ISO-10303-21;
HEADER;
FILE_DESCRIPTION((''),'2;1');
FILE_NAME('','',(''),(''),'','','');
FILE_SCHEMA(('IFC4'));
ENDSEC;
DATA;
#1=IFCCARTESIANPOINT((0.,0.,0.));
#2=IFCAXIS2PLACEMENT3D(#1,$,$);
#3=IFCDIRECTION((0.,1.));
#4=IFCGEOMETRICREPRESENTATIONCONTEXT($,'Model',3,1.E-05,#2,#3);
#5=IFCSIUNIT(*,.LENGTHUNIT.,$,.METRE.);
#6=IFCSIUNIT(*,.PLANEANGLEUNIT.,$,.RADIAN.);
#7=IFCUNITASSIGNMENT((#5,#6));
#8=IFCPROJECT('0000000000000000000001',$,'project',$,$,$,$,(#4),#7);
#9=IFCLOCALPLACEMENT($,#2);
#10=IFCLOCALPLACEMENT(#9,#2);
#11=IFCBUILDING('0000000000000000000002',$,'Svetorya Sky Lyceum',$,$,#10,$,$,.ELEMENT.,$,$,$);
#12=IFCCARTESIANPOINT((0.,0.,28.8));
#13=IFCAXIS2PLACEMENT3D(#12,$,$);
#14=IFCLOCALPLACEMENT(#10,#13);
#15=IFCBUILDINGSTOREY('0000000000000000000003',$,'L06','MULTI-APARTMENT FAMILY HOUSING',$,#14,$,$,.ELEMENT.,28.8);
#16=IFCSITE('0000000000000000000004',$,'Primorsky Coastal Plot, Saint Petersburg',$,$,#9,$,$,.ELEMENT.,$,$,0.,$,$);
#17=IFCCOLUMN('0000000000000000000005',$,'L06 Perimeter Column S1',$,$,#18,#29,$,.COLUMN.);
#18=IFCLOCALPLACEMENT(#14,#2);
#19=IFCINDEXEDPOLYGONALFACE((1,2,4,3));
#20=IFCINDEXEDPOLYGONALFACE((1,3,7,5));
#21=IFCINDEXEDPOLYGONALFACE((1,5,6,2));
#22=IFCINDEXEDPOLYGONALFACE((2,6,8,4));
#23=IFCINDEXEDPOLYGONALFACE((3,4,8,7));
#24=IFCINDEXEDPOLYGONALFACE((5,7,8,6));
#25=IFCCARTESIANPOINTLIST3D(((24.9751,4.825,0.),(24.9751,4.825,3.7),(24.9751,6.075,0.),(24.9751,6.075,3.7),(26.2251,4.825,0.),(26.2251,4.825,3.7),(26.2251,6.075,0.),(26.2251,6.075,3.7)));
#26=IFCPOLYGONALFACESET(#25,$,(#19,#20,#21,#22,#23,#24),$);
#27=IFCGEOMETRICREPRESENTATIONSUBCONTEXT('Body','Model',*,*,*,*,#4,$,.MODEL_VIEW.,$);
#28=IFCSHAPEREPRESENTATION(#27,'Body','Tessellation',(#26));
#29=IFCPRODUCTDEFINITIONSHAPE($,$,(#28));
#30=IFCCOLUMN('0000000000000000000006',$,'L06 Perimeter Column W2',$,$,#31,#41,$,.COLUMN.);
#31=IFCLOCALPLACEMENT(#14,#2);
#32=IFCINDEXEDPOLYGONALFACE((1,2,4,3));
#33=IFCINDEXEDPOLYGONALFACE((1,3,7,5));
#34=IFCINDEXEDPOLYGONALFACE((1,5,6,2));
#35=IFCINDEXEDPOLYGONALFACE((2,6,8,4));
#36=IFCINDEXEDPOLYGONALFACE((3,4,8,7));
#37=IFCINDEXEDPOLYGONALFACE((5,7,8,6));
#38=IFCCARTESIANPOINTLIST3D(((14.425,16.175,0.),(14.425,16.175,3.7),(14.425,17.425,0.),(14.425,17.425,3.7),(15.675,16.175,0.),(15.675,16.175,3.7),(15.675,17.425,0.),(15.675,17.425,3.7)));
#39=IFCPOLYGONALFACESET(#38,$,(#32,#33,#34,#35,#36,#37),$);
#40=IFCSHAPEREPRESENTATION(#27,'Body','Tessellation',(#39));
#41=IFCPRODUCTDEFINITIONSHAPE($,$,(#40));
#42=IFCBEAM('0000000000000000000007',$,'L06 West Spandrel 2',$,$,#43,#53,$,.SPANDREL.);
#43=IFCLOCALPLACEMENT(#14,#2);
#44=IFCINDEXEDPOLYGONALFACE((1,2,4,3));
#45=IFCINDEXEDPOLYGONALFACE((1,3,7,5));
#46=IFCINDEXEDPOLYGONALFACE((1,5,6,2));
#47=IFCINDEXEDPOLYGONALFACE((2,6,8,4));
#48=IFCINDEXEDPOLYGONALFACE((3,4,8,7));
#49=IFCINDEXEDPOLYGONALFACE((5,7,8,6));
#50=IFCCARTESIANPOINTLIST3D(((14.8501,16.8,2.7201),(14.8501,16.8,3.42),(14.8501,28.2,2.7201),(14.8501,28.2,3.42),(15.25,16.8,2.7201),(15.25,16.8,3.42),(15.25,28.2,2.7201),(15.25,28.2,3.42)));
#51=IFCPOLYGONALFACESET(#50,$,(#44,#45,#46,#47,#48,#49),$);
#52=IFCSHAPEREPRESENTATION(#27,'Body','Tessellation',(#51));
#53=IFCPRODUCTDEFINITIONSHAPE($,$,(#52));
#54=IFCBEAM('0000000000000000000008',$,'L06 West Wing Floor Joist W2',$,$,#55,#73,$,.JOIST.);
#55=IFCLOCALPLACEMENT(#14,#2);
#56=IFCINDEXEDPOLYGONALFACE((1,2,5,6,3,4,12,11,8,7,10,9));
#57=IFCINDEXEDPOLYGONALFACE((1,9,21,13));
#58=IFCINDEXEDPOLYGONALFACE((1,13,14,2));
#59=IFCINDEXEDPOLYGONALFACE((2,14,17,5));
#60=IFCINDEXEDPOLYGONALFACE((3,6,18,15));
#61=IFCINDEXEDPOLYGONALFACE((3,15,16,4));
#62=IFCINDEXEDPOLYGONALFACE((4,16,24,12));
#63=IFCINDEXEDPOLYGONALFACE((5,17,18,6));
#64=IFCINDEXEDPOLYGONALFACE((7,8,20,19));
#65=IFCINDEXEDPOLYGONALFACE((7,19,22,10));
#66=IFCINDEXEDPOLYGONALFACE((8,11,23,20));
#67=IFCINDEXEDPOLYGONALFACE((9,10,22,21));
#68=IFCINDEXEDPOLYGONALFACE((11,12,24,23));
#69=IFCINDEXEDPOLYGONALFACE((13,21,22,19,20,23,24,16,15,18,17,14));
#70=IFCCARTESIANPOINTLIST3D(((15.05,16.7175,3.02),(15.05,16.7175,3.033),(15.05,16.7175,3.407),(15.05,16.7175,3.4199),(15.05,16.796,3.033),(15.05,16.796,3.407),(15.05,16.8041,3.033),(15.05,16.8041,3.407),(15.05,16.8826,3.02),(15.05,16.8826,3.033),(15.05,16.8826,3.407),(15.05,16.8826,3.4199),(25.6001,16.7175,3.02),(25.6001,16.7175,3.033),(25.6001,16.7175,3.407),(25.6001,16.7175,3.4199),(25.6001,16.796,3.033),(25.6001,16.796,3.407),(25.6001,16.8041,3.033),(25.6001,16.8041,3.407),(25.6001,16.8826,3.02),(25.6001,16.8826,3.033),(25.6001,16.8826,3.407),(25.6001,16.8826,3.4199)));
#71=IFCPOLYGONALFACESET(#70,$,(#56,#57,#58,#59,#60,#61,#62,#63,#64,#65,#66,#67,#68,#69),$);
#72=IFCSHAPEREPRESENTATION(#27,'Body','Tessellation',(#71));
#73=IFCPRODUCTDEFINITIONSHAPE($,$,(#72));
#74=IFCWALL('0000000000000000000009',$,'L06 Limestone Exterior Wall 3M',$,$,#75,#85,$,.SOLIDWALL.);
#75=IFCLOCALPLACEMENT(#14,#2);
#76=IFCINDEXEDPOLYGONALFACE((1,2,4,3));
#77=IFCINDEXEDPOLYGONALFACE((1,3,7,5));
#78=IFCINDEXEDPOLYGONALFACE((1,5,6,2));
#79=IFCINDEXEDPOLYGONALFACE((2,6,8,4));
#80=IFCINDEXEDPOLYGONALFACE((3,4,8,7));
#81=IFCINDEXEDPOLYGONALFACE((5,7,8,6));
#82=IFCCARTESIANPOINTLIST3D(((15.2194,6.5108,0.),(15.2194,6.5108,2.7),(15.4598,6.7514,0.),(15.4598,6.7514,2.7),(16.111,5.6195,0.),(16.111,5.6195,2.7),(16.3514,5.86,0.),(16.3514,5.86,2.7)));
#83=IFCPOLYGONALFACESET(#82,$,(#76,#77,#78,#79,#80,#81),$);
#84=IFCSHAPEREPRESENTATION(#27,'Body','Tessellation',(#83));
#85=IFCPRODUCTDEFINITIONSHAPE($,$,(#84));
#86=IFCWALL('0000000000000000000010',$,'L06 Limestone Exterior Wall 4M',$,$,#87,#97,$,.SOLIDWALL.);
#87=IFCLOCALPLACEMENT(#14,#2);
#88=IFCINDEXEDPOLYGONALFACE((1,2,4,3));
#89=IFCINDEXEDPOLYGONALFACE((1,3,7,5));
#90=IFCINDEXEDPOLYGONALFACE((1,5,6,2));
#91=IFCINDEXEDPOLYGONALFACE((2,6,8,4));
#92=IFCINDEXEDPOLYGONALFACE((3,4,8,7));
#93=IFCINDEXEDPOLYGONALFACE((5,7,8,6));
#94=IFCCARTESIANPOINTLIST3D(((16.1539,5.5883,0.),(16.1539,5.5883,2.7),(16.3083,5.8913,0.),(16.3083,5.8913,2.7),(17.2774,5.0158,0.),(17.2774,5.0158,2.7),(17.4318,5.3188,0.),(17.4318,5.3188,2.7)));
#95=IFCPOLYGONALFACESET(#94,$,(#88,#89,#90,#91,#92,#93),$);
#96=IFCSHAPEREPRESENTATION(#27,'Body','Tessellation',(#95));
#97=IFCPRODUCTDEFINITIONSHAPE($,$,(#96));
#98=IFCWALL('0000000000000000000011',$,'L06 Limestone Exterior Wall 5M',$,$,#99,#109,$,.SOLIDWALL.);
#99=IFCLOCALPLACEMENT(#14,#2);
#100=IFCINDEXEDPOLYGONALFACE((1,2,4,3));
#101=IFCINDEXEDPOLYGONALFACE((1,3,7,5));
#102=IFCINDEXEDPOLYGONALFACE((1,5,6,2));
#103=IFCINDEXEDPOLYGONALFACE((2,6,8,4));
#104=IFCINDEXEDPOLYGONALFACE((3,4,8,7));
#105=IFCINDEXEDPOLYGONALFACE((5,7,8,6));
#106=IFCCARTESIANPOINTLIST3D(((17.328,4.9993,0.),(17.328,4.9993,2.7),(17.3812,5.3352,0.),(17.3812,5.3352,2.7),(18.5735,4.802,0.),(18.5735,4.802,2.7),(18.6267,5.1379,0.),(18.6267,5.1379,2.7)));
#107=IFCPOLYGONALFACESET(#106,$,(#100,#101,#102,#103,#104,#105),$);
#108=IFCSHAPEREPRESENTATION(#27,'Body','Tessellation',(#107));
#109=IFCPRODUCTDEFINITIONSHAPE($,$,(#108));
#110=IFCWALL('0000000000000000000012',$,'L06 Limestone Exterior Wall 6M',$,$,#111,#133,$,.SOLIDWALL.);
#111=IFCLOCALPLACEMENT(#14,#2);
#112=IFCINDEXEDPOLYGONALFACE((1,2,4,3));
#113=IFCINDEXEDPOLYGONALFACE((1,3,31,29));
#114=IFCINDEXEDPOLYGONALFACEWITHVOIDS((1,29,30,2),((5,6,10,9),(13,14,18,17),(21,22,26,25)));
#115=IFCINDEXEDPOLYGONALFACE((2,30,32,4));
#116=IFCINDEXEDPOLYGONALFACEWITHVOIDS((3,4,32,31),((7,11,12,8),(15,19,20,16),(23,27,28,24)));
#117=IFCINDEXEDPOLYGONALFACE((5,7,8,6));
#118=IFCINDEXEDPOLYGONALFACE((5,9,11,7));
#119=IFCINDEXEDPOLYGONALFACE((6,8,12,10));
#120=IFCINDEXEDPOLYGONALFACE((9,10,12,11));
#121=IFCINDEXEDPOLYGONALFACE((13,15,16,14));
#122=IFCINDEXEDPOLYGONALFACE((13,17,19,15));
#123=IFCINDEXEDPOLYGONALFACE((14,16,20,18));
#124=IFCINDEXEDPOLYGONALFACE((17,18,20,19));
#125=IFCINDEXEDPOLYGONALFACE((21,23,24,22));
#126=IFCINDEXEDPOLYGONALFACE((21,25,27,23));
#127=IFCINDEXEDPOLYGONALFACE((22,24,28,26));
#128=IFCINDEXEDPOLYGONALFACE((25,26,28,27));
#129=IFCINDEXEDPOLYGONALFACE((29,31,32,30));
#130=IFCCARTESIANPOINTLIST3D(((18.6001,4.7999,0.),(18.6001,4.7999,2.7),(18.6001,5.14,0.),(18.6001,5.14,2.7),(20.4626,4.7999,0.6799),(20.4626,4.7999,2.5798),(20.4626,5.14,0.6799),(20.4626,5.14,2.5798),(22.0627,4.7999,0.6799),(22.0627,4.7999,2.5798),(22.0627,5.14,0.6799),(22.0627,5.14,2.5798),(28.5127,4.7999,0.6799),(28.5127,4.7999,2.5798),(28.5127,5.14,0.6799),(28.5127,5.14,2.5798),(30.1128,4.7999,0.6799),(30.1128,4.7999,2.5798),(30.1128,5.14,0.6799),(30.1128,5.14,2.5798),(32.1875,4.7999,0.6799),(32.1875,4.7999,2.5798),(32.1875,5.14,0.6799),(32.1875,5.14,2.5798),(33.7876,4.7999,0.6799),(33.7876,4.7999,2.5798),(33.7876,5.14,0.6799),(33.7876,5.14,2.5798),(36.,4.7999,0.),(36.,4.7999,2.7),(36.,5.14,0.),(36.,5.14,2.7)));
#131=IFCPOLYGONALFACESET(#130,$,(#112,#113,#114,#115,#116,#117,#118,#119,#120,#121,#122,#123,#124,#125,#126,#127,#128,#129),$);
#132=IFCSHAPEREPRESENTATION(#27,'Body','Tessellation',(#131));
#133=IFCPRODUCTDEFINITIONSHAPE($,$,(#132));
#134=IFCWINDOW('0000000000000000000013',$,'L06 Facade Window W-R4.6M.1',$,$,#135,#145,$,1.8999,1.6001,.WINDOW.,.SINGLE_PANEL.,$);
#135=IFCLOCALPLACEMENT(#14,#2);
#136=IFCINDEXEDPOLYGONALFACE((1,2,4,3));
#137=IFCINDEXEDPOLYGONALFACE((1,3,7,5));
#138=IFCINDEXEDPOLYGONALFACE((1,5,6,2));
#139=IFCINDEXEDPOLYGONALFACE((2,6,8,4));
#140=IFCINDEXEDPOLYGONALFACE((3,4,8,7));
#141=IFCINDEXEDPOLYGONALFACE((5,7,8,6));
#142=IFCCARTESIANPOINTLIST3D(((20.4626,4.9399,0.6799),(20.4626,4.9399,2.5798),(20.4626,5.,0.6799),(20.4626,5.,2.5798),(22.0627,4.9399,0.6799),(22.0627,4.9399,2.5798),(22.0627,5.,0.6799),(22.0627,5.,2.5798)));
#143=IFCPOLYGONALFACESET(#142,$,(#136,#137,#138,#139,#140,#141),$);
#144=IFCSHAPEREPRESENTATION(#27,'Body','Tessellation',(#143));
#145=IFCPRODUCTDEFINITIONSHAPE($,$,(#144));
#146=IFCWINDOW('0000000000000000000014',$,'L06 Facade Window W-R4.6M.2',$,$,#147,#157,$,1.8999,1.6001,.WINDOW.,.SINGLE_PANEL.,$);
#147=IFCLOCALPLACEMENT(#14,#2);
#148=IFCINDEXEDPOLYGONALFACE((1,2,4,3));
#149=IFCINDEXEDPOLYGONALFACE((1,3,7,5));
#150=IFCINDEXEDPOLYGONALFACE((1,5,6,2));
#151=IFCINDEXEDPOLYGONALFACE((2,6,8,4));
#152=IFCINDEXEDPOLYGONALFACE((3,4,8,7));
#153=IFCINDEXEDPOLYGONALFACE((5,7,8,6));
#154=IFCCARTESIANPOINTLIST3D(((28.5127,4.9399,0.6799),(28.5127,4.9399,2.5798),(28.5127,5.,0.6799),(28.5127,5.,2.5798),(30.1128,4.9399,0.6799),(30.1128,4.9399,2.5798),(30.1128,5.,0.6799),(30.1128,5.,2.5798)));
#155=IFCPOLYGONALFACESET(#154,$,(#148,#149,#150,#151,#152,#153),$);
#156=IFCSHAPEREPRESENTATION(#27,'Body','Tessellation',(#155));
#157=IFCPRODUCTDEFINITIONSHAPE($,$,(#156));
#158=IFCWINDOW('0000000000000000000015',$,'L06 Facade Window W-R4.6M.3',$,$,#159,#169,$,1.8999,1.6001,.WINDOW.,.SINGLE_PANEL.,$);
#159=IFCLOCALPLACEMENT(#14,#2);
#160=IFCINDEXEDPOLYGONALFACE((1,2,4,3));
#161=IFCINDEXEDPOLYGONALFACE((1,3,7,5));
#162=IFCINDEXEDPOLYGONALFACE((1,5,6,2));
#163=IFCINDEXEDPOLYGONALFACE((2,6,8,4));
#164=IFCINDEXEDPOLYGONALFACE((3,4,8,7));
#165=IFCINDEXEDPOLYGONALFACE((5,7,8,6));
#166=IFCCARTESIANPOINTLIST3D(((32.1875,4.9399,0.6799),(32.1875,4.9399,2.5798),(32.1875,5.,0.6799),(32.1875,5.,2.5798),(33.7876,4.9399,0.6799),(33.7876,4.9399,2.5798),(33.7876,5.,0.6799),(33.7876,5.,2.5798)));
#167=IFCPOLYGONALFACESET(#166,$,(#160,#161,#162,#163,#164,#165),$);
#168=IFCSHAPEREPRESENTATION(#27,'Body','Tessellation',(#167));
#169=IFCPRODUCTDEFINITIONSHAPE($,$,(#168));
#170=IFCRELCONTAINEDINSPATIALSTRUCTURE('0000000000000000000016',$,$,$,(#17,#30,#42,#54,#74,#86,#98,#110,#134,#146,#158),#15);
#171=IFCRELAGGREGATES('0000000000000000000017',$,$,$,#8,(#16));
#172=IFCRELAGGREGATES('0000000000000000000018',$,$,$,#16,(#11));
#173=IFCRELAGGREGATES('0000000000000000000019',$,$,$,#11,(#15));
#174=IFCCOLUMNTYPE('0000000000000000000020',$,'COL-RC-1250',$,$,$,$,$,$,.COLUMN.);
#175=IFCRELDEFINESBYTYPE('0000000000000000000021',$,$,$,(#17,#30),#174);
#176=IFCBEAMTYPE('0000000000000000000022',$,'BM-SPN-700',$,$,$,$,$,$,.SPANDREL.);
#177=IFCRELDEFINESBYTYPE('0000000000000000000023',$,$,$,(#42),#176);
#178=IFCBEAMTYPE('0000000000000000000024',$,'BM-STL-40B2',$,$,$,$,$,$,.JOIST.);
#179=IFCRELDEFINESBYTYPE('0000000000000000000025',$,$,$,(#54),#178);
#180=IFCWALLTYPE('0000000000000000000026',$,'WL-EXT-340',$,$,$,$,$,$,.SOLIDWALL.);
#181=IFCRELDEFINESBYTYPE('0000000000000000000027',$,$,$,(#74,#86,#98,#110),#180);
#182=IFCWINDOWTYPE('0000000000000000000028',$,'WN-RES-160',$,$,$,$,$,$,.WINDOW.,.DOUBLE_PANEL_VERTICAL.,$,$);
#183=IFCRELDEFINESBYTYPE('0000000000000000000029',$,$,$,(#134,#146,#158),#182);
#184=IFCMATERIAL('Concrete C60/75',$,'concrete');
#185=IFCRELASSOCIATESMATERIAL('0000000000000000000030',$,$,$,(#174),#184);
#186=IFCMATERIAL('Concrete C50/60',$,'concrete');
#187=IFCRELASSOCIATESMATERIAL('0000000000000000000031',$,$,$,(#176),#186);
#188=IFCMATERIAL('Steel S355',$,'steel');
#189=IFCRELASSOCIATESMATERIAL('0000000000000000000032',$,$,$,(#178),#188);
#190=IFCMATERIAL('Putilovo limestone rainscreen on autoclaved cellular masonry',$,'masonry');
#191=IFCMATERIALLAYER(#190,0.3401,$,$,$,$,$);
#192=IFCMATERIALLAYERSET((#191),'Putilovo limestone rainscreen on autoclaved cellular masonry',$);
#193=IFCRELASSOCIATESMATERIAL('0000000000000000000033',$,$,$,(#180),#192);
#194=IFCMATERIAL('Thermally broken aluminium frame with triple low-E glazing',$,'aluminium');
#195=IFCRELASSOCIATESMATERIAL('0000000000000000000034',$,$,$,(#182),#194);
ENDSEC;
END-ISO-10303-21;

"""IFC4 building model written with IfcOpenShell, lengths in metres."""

from ifc_helpers import new_model, si_unit, direction, frame, frame_2d, origin, origin_2d, place, context, subcontext, project, spatial, rectangle, i_section, extrude, material, layer, layer_set, material_profile, profile_set, type_object, element, fill, save


model = new_model("IFC4")

# Units and contexts
model_context = context("Model", 3, precision=1e-05, world=origin(), true_north=direction((0.0, 1.0)))
body_context = subcontext(model_context, "Body", "Model", "MODEL_VIEW")
ifc_project = project(units=[si_unit("LENGTHUNIT", "METRE"), si_unit("PLANEANGLEUNIT", "RADIAN")], contexts=[model_context])

# Site, building, storey
site_placement = place(None, origin())
site = spatial("IfcSite", under=ifc_project, at=site_placement, Name="Primorsky Coastal Plot, Saint Petersburg", CompositionType="ELEMENT", RefElevation=0.0)
building_placement = place(site_placement, origin())
building = spatial("IfcBuilding", under=site, at=building_placement, Name="Svetorya Sky Lyceum", CompositionType="ELEMENT")
storey_placement = place(building_placement, frame((0.0, 0.0, 28.8)))
storey = spatial("IfcBuildingStorey", under=building, at=storey_placement, Name="L06", Description="MULTI-APARTMENT FAMILY HOUSING", CompositionType="ELEMENT", Elevation=28.8)

# Columns
ifc_material_1 = material(Name="Concrete C60/75", Category="concrete")
ifc_material_profile_1 = material_profile(ifc_material_1, rectangle(XDim=1.25, YDim=1.25, at=origin_2d()), Name="RC COL 1250x1250")
ifc_profile_set_1 = profile_set([ifc_material_profile_1], Name="Concrete C60/75")
column_type = type_object("IfcColumnType", Name="COL-RC-1250", PredefinedType="COLUMN", material=ifc_profile_set_1)
for number, where, z_axis, x_axis, name in (
    (1, (25.6001, 5.45, 0.0), (0.0, 0.0, 1.0), (1.0, 0.0, 0.0), "L06 Perimeter Column S1"),
    (2, (15.05, 16.8, 0.0), (0.0, 0.0, 1.0), (1.0, 0.0, 0.0), "L06 Perimeter Column W2"),
):
    element("IfcColumn", number, at=place(storey_placement, frame(where, z_axis=z_axis, x_axis=x_axis)), inside=storey, type_object=column_type, Name=name, PredefinedType="COLUMN", context=body_context, shape_type="SweptSolid", body=[
        extrude(rectangle(XDim=1.25, YDim=1.25, at=origin_2d()), origin(), (0.0, 0.0, 1.0), 3.7),
    ])

# Beams
ifc_material_2 = material(Name="Concrete C50/60", Category="concrete")
ifc_material_profile_2 = material_profile(ifc_material_2, rectangle(XDim=0.3999, YDim=0.7, at=origin_2d()), Name="RC SPANDREL 400x700")
ifc_profile_set_2 = profile_set([ifc_material_profile_2], Name="Concrete C50/60")
beam_type_1 = type_object("IfcBeamType", Name="BM-SPN-700", PredefinedType="SPANDREL", material=ifc_profile_set_2)
beam_1_placement = place(storey_placement, frame((15.05, 16.8, 3.0701), z_axis=(0.0, 1.0, 0.0), x_axis=(-1.0, 0.0, 0.0)))
element("IfcBeam", 3, at=beam_1_placement, inside=storey, type_object=beam_type_1, Name="L06 West Spandrel 2", PredefinedType="SPANDREL", context=body_context, shape_type="SweptSolid", body=[
    extrude(rectangle(XDim=0.3999, YDim=0.7, at=origin_2d()), origin(), (0.0, 0.0, 1.0), 11.3999),
])
ifc_material_3 = material(Name="Steel S355", Category="steel")
ifc_material_profile_3 = material_profile(ifc_material_3, i_section(OverallWidth=0.165, OverallDepth=0.3999, WebThickness=0.0081, FlangeThickness=0.0129, at=origin_2d()), Name="GOST 40B2")
ifc_profile_set_3 = profile_set([ifc_material_profile_3], Name="Steel S355")
beam_type_2 = type_object("IfcBeamType", Name="BM-STL-40B2", PredefinedType="JOIST", material=ifc_profile_set_3)
beam_2_placement = place(storey_placement, frame((15.05, 16.8, 3.22), z_axis=(1.0, 0.0, 0.0), x_axis=(0.0, 1.0, 0.0)))
element("IfcBeam", 4, at=beam_2_placement, inside=storey, type_object=beam_type_2, Name="L06 West Wing Floor Joist W2", PredefinedType="JOIST", context=body_context, shape_type="SweptSolid", body=[
    extrude(i_section(OverallWidth=0.165, OverallDepth=0.3999, WebThickness=0.0081, FlangeThickness=0.0129, at=origin_2d()), origin(), (0.0, 0.0, 1.0), 10.55),
])

# Walls
ifc_material_4 = material(Name="Putilovo limestone rainscreen on autoclaved cellular masonry", Category="masonry")
ifc_layer_1 = layer(ifc_material_4, 0.3401)
ifc_layer_set_1 = layer_set([ifc_layer_1], Name="Putilovo limestone rainscreen on autoclaved cellular masonry")
wall_type_1 = type_object("IfcWallType", Name="WL-EXT-340", PredefinedType="SOLIDWALL", material=ifc_layer_set_1)
wall_1_placement = place(storey_placement, frame((15.3396, 6.6311, 0.0), z_axis=(0.0, 0.0, 1.0), x_axis=(0.707204, -0.70701, 0.0)))
element("IfcWall", 5, at=wall_1_placement, inside=storey, type_object=wall_type_1, Name="L06 Limestone Exterior Wall 3M", PredefinedType="SOLIDWALL", context=body_context, shape_type="SweptSolid", body=[
    extrude(rectangle(XDim=1.2607, YDim=0.3401, at=frame_2d((0.6304, 0.0))), origin(), (0.0, 0.0, 1.0), 2.7),
])
for number, where, z_axis, x_axis, name in (
    (6, (16.2312, 5.7397, 0.0), (0.0, 0.0, 1.0), (0.890994, -0.454016, 0.0), "L06 Limestone Exterior Wall 4M"),
    (7, (17.3547, 5.1672, 0.0), (0.0, 0.0, 1.0), (0.987686, -0.15645, 0.0), "L06 Limestone Exterior Wall 5M"),
):
    element("IfcWall", number, at=place(storey_placement, frame(where, z_axis=z_axis, x_axis=x_axis)), inside=storey, type_object=wall_type_1, Name=name, PredefinedType="SOLIDWALL", context=body_context, shape_type="SweptSolid", body=[
        extrude(rectangle(XDim=1.261, YDim=0.3401, at=frame_2d((0.6304, 0.0))), origin(), (0.0, 0.0, 1.0), 2.7),
    ])

# Wall, openings, windows
wall_2_placement = place(storey_placement, frame((18.6001, 4.97, 0.0), z_axis=(0.0, 0.0, 1.0), x_axis=(1.0, 0.0, 0.0)))
wall_2 = element("IfcWall", 8, at=wall_2_placement, inside=storey, type_object=wall_type_1, Name="L06 Limestone Exterior Wall 6M", PredefinedType="SOLIDWALL", context=body_context, shape_type="SweptSolid", body=[
    extrude(rectangle(XDim=17.3999, YDim=0.3401, at=frame_2d((8.7, 0.0))), origin(), (0.0, 0.0, 1.0), 2.7),
])
opening_1_placement = place(wall_2_placement, frame((1.8625, 0.0, 0.6799)))
opening_1 = element("IfcOpeningElement", 9, at=opening_1_placement, cuts=wall_2, PredefinedType="OPENING", context=body_context, shape_type="SweptSolid", body=[
    extrude(rectangle(XDim=1.6001, YDim=1.8999, at=frame_2d((0.8, 0.95))), frame((0.0, 0.1799, 0.0), z_axis=(0.0, -1.0, 0.0), x_axis=(1.0, 0.0, 0.0)), (0.0, 0.0, 1.0), 0.3601),
])
opening_2_placement = place(wall_2_placement, frame((9.9126, 0.0, 0.6799)))
opening_2 = element("IfcOpeningElement", 10, at=opening_2_placement, cuts=wall_2, PredefinedType="OPENING", context=body_context, shape_type="SweptSolid", body=[
    extrude(rectangle(XDim=1.6001, YDim=1.8999, at=frame_2d((0.8, 0.95))), frame((0.0, 0.1799, 0.0), z_axis=(0.0, -1.0, 0.0), x_axis=(1.0, 0.0, 0.0)), (0.0, 0.0, 1.0), 0.3601),
])
opening_3_placement = place(wall_2_placement, frame((13.5874, 0.0, 0.6799)))
opening_3 = element("IfcOpeningElement", 11, at=opening_3_placement, cuts=wall_2, PredefinedType="OPENING", context=body_context, shape_type="SweptSolid", body=[
    extrude(rectangle(XDim=1.6001, YDim=1.8999, at=frame_2d((0.8, 0.95))), frame((0.0, 0.1799, 0.0), z_axis=(0.0, -1.0, 0.0), x_axis=(1.0, 0.0, 0.0)), (0.0, 0.0, 1.0), 0.3601),
])
ifc_material_5 = material(Name="Thermally broken aluminium frame with triple low-E glazing", Category="aluminium")
window_type = type_object("IfcWindowType", Name="WN-RES-160", PartitioningType="DOUBLE_PANEL_VERTICAL", PredefinedType="WINDOW", material=ifc_material_5)
window_1_placement = place(opening_1_placement, origin())
window_1 = element("IfcWindow", 12, at=window_1_placement, inside=storey, type_object=window_type, Name="L06 Facade Window W-R4.6M.1", OverallHeight=1.8999, OverallWidth=1.6001, PartitioningType="SINGLE_PANEL", PredefinedType="WINDOW", context=body_context, shape_type="SweptSolid", body=[
    extrude(rectangle(XDim=1.6001, YDim=1.8999, at=frame_2d((0.8, 0.95))), frame((0.0, 0.03, 0.0), z_axis=(0.0, -1.0, 0.0), x_axis=(1.0, 0.0, 0.0)), (0.0, 0.0, 1.0), 0.0601),
])
fill(opening_1, window_1)
window_2_placement = place(opening_2_placement, origin())
window_2 = element("IfcWindow", 13, at=window_2_placement, inside=storey, type_object=window_type, Name="L06 Facade Window W-R4.6M.2", OverallHeight=1.8999, OverallWidth=1.6001, PartitioningType="SINGLE_PANEL", PredefinedType="WINDOW", context=body_context, shape_type="SweptSolid", body=[
    extrude(rectangle(XDim=1.6001, YDim=1.8999, at=frame_2d((0.8, 0.95))), frame((0.0, 0.03, 0.0), z_axis=(0.0, -1.0, 0.0), x_axis=(1.0, 0.0, 0.0)), (0.0, 0.0, 1.0), 0.0601),
])
fill(opening_2, window_2)
window_3_placement = place(opening_3_placement, origin())
window_3 = element("IfcWindow", 14, at=window_3_placement, inside=storey, type_object=window_type, Name="L06 Facade Window W-R4.6M.3", OverallHeight=1.8999, OverallWidth=1.6001, PartitioningType="SINGLE_PANEL", PredefinedType="WINDOW", context=body_context, shape_type="SweptSolid", body=[
    extrude(rectangle(XDim=1.6001, YDim=1.8999, at=frame_2d((0.8, 0.95))), frame((0.0, 0.03, 0.0), z_axis=(0.0, -1.0, 0.0), x_axis=(1.0, 0.0, 0.0)), (0.0, 0.0, 1.0), 0.0601),
])
fill(opening_3, window_3)

save(model, "model.ifc")
